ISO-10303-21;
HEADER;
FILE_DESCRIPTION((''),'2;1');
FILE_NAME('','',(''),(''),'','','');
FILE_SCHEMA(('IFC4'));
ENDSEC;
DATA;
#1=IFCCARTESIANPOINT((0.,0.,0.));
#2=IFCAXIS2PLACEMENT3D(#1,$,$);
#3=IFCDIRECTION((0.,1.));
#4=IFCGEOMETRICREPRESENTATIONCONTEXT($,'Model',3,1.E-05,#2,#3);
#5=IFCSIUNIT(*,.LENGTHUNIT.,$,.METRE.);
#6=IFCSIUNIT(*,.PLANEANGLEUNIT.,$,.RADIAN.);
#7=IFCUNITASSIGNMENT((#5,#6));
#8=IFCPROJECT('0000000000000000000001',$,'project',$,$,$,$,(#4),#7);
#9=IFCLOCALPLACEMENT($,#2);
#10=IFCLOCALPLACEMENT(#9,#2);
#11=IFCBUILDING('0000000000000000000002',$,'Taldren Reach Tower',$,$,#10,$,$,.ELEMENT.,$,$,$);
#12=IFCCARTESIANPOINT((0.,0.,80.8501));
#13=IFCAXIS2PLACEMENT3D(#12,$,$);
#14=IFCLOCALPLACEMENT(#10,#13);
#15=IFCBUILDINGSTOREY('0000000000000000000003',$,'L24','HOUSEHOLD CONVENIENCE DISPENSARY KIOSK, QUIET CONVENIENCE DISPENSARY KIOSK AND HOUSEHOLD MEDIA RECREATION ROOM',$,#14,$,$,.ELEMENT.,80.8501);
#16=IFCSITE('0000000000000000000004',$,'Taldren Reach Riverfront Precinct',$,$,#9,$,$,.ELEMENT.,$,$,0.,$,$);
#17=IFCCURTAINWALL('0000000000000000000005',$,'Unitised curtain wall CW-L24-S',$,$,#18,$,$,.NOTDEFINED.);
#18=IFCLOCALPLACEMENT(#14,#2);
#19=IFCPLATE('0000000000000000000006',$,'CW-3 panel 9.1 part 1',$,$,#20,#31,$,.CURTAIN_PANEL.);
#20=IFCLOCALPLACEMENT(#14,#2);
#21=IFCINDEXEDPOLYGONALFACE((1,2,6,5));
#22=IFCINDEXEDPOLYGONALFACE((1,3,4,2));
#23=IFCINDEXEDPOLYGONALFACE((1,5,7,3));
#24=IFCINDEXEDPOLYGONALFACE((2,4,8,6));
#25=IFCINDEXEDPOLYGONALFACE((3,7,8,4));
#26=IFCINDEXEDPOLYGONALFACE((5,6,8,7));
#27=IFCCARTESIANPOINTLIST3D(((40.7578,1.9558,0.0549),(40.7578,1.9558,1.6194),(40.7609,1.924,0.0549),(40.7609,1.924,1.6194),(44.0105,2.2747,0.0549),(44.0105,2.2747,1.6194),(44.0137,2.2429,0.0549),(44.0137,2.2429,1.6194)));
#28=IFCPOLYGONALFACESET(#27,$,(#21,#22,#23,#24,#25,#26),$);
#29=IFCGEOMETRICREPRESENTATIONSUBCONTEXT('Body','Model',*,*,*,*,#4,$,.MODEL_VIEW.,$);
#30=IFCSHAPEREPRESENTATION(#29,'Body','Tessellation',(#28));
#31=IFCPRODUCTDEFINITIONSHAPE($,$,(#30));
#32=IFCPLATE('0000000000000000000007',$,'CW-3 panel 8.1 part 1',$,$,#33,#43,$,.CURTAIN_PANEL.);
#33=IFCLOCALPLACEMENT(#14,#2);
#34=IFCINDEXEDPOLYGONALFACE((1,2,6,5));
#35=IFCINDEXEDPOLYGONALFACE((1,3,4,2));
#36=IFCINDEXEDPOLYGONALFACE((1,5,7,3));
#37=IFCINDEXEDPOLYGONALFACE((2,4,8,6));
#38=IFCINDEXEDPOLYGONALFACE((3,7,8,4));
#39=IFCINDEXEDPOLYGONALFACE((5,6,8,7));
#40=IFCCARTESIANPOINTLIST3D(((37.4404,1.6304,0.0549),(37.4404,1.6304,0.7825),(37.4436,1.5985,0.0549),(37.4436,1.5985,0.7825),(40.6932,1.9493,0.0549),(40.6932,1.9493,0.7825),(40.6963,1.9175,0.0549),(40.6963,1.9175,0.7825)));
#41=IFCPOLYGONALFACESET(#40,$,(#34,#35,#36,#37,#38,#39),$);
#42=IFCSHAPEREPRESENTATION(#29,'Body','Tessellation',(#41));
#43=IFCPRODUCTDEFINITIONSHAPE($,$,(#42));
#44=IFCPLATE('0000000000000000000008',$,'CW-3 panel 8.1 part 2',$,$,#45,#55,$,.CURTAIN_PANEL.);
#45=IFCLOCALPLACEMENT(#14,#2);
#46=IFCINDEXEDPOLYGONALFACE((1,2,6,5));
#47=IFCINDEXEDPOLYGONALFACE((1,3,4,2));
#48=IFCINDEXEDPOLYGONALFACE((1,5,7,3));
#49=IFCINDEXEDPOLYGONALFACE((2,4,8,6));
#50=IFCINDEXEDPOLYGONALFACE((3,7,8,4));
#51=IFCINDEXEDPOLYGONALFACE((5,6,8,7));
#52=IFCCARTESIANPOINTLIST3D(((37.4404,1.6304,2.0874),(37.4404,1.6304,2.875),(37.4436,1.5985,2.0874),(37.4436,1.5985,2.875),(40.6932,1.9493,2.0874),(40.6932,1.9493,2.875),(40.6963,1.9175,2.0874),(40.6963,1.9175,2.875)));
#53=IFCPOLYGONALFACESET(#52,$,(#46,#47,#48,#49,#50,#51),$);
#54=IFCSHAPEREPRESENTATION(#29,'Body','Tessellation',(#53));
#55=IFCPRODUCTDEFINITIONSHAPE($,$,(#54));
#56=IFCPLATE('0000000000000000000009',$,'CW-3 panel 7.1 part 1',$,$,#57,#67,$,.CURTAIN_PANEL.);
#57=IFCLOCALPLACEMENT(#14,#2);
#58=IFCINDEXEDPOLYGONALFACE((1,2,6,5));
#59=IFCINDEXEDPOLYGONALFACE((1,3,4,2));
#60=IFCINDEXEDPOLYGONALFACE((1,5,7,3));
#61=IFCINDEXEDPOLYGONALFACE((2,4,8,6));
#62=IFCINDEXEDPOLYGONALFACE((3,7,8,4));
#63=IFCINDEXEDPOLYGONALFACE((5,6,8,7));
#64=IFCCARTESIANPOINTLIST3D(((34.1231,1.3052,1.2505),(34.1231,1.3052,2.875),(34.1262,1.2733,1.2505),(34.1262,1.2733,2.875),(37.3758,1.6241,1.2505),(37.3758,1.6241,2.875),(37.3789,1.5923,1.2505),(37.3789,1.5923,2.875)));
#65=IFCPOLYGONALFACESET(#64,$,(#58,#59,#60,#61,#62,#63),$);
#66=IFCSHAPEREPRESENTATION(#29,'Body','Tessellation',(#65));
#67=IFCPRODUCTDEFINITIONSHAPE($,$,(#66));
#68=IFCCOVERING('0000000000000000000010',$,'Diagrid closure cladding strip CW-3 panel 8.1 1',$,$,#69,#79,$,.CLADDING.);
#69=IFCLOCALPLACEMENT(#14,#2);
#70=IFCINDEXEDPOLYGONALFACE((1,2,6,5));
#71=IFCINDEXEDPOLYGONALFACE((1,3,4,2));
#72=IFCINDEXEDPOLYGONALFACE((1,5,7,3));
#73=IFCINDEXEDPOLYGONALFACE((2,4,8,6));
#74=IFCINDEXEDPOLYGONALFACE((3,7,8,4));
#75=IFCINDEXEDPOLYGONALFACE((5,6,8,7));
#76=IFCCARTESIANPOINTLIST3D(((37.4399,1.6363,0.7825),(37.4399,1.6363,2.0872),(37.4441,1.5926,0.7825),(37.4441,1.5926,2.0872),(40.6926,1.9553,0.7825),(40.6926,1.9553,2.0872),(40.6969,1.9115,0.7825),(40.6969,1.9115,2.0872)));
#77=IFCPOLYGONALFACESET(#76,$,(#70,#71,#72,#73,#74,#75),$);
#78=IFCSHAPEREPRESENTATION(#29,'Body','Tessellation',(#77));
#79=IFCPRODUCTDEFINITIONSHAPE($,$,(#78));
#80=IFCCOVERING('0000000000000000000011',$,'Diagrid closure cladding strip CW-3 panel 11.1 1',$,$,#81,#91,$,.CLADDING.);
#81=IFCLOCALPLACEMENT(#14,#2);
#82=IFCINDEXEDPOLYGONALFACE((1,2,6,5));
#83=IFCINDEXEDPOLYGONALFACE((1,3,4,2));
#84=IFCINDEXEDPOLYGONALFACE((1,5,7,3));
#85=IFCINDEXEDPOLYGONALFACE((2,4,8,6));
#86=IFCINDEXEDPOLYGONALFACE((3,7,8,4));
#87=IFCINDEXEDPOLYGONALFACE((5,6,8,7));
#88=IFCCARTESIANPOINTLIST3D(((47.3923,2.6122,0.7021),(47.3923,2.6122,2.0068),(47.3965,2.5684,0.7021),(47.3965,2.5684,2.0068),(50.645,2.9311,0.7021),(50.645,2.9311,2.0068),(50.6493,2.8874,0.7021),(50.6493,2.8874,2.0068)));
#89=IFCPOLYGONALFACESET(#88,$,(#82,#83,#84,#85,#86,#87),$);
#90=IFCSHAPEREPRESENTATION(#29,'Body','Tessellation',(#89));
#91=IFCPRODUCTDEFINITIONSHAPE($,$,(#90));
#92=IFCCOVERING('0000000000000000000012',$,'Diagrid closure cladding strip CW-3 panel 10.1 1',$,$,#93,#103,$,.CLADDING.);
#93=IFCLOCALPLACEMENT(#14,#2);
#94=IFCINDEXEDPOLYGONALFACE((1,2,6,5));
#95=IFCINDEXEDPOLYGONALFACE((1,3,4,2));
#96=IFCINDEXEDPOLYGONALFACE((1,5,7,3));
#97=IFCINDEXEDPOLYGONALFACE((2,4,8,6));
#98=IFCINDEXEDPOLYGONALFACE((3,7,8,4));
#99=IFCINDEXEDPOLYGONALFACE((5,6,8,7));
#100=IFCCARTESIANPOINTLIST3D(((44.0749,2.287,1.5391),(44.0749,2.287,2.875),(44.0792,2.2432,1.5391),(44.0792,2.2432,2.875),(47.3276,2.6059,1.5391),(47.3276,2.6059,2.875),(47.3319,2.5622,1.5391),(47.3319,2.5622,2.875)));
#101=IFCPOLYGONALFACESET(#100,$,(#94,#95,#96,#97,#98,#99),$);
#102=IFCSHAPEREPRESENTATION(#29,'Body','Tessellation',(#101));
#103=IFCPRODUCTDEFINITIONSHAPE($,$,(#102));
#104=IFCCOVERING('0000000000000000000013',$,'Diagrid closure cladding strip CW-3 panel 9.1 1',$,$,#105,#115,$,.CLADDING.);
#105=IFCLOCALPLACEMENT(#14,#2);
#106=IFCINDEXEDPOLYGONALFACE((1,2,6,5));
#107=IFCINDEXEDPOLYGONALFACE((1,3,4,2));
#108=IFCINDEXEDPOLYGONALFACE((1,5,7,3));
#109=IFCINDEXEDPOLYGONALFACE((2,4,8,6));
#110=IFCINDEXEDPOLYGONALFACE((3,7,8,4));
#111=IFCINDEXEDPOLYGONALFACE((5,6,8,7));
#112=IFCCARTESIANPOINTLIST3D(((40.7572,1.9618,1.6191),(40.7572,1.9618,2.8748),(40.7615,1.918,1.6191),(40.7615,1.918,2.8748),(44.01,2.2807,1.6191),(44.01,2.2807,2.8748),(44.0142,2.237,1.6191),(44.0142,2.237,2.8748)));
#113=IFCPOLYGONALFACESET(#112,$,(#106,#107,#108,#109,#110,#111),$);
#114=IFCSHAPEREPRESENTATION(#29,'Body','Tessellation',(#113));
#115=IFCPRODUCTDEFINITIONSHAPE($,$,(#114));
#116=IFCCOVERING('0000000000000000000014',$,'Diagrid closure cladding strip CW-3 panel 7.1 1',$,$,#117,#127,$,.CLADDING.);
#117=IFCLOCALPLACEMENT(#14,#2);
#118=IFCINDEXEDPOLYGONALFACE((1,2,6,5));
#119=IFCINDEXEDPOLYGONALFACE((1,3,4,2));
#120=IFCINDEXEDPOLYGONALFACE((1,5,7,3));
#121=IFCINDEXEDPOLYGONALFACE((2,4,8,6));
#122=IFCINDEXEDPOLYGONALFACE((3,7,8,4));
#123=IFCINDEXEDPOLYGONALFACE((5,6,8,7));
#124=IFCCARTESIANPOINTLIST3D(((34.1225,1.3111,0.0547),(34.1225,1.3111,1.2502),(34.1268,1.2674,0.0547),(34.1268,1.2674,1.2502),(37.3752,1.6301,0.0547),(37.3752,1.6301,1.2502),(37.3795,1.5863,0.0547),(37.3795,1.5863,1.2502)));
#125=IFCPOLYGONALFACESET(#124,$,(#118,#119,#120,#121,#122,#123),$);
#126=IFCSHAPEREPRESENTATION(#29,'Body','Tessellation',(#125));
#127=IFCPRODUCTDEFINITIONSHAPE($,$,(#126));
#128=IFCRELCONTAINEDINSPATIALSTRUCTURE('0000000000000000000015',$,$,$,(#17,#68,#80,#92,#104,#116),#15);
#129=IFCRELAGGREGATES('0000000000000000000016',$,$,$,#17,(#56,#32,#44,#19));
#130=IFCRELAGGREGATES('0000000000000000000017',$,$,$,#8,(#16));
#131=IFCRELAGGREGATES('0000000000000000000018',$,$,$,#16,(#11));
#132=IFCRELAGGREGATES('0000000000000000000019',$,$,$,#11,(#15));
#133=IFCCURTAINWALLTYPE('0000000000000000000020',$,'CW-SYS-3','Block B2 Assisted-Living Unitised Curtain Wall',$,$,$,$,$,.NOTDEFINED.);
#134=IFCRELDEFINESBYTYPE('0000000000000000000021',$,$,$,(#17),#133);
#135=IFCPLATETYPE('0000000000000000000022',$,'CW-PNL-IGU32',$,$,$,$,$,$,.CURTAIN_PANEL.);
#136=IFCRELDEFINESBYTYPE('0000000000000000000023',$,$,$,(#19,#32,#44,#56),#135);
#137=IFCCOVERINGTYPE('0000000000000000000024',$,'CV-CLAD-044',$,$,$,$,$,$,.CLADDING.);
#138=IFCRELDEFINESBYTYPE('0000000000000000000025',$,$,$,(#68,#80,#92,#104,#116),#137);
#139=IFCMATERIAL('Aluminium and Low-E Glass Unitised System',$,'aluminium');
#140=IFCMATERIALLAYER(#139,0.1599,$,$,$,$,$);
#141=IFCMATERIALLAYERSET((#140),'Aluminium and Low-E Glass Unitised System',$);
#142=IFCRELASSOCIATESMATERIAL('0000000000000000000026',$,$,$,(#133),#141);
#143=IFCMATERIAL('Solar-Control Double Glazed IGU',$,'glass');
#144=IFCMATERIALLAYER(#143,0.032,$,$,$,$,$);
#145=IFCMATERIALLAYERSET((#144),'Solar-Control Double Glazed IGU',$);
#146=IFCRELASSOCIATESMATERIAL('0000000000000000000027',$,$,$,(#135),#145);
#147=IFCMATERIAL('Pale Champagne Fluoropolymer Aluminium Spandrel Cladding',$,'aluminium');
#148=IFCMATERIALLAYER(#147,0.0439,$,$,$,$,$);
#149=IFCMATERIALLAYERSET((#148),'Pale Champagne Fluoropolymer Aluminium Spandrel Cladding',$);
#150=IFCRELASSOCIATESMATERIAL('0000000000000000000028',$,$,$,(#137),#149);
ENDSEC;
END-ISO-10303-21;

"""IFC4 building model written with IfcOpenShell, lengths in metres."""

from ifc_helpers import new_model, si_unit, direction, frame, origin, origin_2d, place, context, subcontext, project, spatial, rectangle, extrude, source, transform, mapped, material, layer, layer_set, type_object, element, aggregate, save


model = new_model("IFC4")

# Units and contexts
model_context = context("Model", 3, precision=1e-05, world=origin(), true_north=direction((0.0, 1.0)))
body_context = subcontext(model_context, "Body", "Model", "MODEL_VIEW")
ifc_project = project(units=[si_unit("LENGTHUNIT", "METRE"), si_unit("PLANEANGLEUNIT", "RADIAN")], contexts=[model_context])

# Site, building, storey
site_placement = place(None, origin())
site = spatial("IfcSite", under=ifc_project, at=site_placement, Name="Taldren Reach Riverfront Precinct", CompositionType="ELEMENT", RefElevation=0.0)
building_placement = place(site_placement, origin())
building = spatial("IfcBuilding", under=site, at=building_placement, Name="Taldren Reach Tower", CompositionType="ELEMENT")
storey_placement = place(building_placement, frame((0.0, 0.0, 80.8501)))
storey = spatial("IfcBuildingStorey", under=building, at=storey_placement, Name="L24", Description="HOUSEHOLD CONVENIENCE DISPENSARY KIOSK, QUIET CONVENIENCE DISPENSARY KIOSK AND HOUSEHOLD MEDIA RECREATION ROOM", CompositionType="ELEMENT", Elevation=80.8501)

# Curtain wall
ifc_material_1 = material(Name="Aluminium and Low-E Glass Unitised System", Category="aluminium")
ifc_layer_1 = layer(ifc_material_1, 0.1599)
ifc_layer_set_1 = layer_set([ifc_layer_1], Name="Aluminium and Low-E Glass Unitised System")
curtain_wall_type = type_object("IfcCurtainWallType", Name="CW-SYS-3", Description="Block B2 Assisted-Living Unitised Curtain Wall", PredefinedType="NOTDEFINED", material=ifc_layer_set_1)
curtain_wall_placement = place(storey_placement, origin())
curtain_wall = element("IfcCurtainWall", 1, at=curtain_wall_placement, inside=storey, type_object=curtain_wall_type, Name="Unitised curtain wall CW-L24-S", PredefinedType="NOTDEFINED")

# Plates
ifc_material_2 = material(Name="Solar-Control Double Glazed IGU", Category="glass")
ifc_layer_2 = layer(ifc_material_2, 0.032)
ifc_layer_set_2 = layer_set([ifc_layer_2], Name="Solar-Control Double Glazed IGU")
plate_type_1 = type_object("IfcPlateType", Name="CW-PNL-IGU32", PredefinedType="CURTAIN_PANEL", material=ifc_layer_set_2)
shared_shape_1 = source(origin(), body_context, "Body", "SweptSolid", [
    extrude(rectangle(XDim=3.2683, YDim=0.032, at=origin_2d()), origin(), (0.0, 0.0, 1.0), 1.5645),
])
plate_1_placement = place(storey_placement, frame((42.3857, 2.0994, 0.0549), z_axis=(0.0, 0.0, 1.0), x_axis=(0.995227, 0.097583, 0.0)))
plate_1 = element("IfcPlate", 2, at=plate_1_placement, type_object=plate_type_1, Name="CW-3 panel 9.1 part 1", PredefinedType="CURTAIN_PANEL", context=body_context, shape_type="MappedRepresentation", body=[
    mapped(shared_shape_1, transform((0.0, 0.0, 0.0), scale=1.0)),
])
shared_shape_2 = source(origin(), body_context, "Body", "SweptSolid", [
    extrude(rectangle(XDim=3.2683, YDim=0.032, at=origin_2d()), origin(), (0.0, 0.0, 1.0), 0.7275),
])
plate_2_placement = place(storey_placement, frame((39.0684, 1.7739, 0.0549), z_axis=(0.0, 0.0, 1.0), x_axis=(0.995227, 0.097583, 0.0)))
plate_2 = element("IfcPlate", 3, at=plate_2_placement, type_object=plate_type_1, Name="CW-3 panel 8.1 part 1", PredefinedType="CURTAIN_PANEL", context=body_context, shape_type="MappedRepresentation", body=[
    mapped(shared_shape_2, transform((0.0, 0.0, 0.0), scale=1.0)),
])
shared_shape_3 = source(origin(), body_context, "Body", "SweptSolid", [
    extrude(rectangle(XDim=3.2683, YDim=0.032, at=origin_2d()), origin(), (0.0, 0.0, 1.0), 0.7876),
])
plate_3_placement = place(storey_placement, frame((39.0684, 1.7739, 2.0874), z_axis=(0.0, 0.0, 1.0), x_axis=(0.995227, 0.097583, 0.0)))
plate_3 = element("IfcPlate", 4, at=plate_3_placement, type_object=plate_type_1, Name="CW-3 panel 8.1 part 2", PredefinedType="CURTAIN_PANEL", context=body_context, shape_type="MappedRepresentation", body=[
    mapped(shared_shape_3, transform((0.0, 0.0, 0.0), scale=1.0)),
])
shared_shape_4 = source(origin(), body_context, "Body", "SweptSolid", [
    extrude(rectangle(XDim=3.2683, YDim=0.032, at=origin_2d()), origin(), (0.0, 0.0, 1.0), 1.6245),
])
plate_4_placement = place(storey_placement, frame((35.751, 1.4487, 1.2505), z_axis=(0.0, 0.0, 1.0), x_axis=(0.995227, 0.097583, 0.0)))
plate_4 = element("IfcPlate", 5, at=plate_4_placement, type_object=plate_type_1, Name="CW-3 panel 7.1 part 1", PredefinedType="CURTAIN_PANEL", context=body_context, shape_type="MappedRepresentation", body=[
    mapped(shared_shape_4, transform((0.0, 0.0, 0.0), scale=1.0)),
])
aggregate(curtain_wall, [plate_4, plate_2, plate_3, plate_1])

# Coverings
ifc_material_3 = material(Name="Pale Champagne Fluoropolymer Aluminium Spandrel Cladding", Category="aluminium")
ifc_layer_3 = layer(ifc_material_3, 0.0439)
ifc_layer_set_3 = layer_set([ifc_layer_3], Name="Pale Champagne Fluoropolymer Aluminium Spandrel Cladding")
covering_type = type_object("IfcCoveringType", Name="CV-CLAD-044", PredefinedType="CLADDING", material=ifc_layer_set_3)
shared_shape_5 = source(origin(), body_context, "Body", "SweptSolid", [
    extrude(rectangle(XDim=3.2683, YDim=0.0439, at=origin_2d()), origin(), (0.0, 0.0, 1.0), 1.3047),
])
for number, where, z_axis, x_axis, name in (
    (6, (39.0684, 1.7739, 0.7825), (0.0, 0.0, 1.0), (0.995227, 0.097583, 0.0), "Diagrid closure cladding strip CW-3 panel 8.1 1"),
    (7, (49.0208, 2.7498, 0.7021), (0.0, 0.0, 1.0), (0.995227, 0.097583, 0.0), "Diagrid closure cladding strip CW-3 panel 11.1 1"),
):
    element("IfcCovering", number, at=place(storey_placement, frame(where, z_axis=z_axis, x_axis=x_axis)), inside=storey, type_object=covering_type, Name=name, PredefinedType="CLADDING", context=body_context, shape_type="MappedRepresentation", body=[
        mapped(shared_shape_5, transform((0.0, 0.0, 0.0), scale=1.0)),
    ])
shared_shape_6 = source(origin(), body_context, "Body", "SweptSolid", [
    extrude(rectangle(XDim=3.2683, YDim=0.0439, at=origin_2d()), origin(), (0.0, 0.0, 1.0), 1.3359),
])
covering_1_placement = place(storey_placement, frame((45.7034, 2.4246, 1.5391), z_axis=(0.0, 0.0, 1.0), x_axis=(0.995227, 0.097583, 0.0)))
element("IfcCovering", 8, at=covering_1_placement, inside=storey, type_object=covering_type, Name="Diagrid closure cladding strip CW-3 panel 10.1 1", PredefinedType="CLADDING", context=body_context, shape_type="MappedRepresentation", body=[
    mapped(shared_shape_6, transform((0.0, 0.0, 0.0), scale=1.0)),
])
shared_shape_7 = source(origin(), body_context, "Body", "SweptSolid", [
    extrude(rectangle(XDim=3.2683, YDim=0.0439, at=origin_2d()), origin(), (0.0, 0.0, 1.0), 1.2556),
])
covering_2_placement = place(storey_placement, frame((42.3857, 2.0994, 1.6191), z_axis=(0.0, 0.0, 1.0), x_axis=(0.995227, 0.097583, 0.0)))
element("IfcCovering", 9, at=covering_2_placement, inside=storey, type_object=covering_type, Name="Diagrid closure cladding strip CW-3 panel 9.1 1", PredefinedType="CLADDING", context=body_context, shape_type="MappedRepresentation", body=[
    mapped(shared_shape_7, transform((0.0, 0.0, 0.0), scale=1.0)),
])
shared_shape_8 = source(origin(), body_context, "Body", "SweptSolid", [
    extrude(rectangle(XDim=3.2683, YDim=0.0439, at=origin_2d()), origin(), (0.0, 0.0, 1.0), 1.1956),
])
covering_3_placement = place(storey_placement, frame((35.751, 1.4487, 0.0547), z_axis=(0.0, 0.0, 1.0), x_axis=(0.995227, 0.097583, 0.0)))
element("IfcCovering", 10, at=covering_3_placement, inside=storey, type_object=covering_type, Name="Diagrid closure cladding strip CW-3 panel 7.1 1", PredefinedType="CLADDING", context=body_context, shape_type="MappedRepresentation", body=[
    mapped(shared_shape_8, transform((0.0, 0.0, 0.0), scale=1.0)),
])

save(model, "model.ifc")
